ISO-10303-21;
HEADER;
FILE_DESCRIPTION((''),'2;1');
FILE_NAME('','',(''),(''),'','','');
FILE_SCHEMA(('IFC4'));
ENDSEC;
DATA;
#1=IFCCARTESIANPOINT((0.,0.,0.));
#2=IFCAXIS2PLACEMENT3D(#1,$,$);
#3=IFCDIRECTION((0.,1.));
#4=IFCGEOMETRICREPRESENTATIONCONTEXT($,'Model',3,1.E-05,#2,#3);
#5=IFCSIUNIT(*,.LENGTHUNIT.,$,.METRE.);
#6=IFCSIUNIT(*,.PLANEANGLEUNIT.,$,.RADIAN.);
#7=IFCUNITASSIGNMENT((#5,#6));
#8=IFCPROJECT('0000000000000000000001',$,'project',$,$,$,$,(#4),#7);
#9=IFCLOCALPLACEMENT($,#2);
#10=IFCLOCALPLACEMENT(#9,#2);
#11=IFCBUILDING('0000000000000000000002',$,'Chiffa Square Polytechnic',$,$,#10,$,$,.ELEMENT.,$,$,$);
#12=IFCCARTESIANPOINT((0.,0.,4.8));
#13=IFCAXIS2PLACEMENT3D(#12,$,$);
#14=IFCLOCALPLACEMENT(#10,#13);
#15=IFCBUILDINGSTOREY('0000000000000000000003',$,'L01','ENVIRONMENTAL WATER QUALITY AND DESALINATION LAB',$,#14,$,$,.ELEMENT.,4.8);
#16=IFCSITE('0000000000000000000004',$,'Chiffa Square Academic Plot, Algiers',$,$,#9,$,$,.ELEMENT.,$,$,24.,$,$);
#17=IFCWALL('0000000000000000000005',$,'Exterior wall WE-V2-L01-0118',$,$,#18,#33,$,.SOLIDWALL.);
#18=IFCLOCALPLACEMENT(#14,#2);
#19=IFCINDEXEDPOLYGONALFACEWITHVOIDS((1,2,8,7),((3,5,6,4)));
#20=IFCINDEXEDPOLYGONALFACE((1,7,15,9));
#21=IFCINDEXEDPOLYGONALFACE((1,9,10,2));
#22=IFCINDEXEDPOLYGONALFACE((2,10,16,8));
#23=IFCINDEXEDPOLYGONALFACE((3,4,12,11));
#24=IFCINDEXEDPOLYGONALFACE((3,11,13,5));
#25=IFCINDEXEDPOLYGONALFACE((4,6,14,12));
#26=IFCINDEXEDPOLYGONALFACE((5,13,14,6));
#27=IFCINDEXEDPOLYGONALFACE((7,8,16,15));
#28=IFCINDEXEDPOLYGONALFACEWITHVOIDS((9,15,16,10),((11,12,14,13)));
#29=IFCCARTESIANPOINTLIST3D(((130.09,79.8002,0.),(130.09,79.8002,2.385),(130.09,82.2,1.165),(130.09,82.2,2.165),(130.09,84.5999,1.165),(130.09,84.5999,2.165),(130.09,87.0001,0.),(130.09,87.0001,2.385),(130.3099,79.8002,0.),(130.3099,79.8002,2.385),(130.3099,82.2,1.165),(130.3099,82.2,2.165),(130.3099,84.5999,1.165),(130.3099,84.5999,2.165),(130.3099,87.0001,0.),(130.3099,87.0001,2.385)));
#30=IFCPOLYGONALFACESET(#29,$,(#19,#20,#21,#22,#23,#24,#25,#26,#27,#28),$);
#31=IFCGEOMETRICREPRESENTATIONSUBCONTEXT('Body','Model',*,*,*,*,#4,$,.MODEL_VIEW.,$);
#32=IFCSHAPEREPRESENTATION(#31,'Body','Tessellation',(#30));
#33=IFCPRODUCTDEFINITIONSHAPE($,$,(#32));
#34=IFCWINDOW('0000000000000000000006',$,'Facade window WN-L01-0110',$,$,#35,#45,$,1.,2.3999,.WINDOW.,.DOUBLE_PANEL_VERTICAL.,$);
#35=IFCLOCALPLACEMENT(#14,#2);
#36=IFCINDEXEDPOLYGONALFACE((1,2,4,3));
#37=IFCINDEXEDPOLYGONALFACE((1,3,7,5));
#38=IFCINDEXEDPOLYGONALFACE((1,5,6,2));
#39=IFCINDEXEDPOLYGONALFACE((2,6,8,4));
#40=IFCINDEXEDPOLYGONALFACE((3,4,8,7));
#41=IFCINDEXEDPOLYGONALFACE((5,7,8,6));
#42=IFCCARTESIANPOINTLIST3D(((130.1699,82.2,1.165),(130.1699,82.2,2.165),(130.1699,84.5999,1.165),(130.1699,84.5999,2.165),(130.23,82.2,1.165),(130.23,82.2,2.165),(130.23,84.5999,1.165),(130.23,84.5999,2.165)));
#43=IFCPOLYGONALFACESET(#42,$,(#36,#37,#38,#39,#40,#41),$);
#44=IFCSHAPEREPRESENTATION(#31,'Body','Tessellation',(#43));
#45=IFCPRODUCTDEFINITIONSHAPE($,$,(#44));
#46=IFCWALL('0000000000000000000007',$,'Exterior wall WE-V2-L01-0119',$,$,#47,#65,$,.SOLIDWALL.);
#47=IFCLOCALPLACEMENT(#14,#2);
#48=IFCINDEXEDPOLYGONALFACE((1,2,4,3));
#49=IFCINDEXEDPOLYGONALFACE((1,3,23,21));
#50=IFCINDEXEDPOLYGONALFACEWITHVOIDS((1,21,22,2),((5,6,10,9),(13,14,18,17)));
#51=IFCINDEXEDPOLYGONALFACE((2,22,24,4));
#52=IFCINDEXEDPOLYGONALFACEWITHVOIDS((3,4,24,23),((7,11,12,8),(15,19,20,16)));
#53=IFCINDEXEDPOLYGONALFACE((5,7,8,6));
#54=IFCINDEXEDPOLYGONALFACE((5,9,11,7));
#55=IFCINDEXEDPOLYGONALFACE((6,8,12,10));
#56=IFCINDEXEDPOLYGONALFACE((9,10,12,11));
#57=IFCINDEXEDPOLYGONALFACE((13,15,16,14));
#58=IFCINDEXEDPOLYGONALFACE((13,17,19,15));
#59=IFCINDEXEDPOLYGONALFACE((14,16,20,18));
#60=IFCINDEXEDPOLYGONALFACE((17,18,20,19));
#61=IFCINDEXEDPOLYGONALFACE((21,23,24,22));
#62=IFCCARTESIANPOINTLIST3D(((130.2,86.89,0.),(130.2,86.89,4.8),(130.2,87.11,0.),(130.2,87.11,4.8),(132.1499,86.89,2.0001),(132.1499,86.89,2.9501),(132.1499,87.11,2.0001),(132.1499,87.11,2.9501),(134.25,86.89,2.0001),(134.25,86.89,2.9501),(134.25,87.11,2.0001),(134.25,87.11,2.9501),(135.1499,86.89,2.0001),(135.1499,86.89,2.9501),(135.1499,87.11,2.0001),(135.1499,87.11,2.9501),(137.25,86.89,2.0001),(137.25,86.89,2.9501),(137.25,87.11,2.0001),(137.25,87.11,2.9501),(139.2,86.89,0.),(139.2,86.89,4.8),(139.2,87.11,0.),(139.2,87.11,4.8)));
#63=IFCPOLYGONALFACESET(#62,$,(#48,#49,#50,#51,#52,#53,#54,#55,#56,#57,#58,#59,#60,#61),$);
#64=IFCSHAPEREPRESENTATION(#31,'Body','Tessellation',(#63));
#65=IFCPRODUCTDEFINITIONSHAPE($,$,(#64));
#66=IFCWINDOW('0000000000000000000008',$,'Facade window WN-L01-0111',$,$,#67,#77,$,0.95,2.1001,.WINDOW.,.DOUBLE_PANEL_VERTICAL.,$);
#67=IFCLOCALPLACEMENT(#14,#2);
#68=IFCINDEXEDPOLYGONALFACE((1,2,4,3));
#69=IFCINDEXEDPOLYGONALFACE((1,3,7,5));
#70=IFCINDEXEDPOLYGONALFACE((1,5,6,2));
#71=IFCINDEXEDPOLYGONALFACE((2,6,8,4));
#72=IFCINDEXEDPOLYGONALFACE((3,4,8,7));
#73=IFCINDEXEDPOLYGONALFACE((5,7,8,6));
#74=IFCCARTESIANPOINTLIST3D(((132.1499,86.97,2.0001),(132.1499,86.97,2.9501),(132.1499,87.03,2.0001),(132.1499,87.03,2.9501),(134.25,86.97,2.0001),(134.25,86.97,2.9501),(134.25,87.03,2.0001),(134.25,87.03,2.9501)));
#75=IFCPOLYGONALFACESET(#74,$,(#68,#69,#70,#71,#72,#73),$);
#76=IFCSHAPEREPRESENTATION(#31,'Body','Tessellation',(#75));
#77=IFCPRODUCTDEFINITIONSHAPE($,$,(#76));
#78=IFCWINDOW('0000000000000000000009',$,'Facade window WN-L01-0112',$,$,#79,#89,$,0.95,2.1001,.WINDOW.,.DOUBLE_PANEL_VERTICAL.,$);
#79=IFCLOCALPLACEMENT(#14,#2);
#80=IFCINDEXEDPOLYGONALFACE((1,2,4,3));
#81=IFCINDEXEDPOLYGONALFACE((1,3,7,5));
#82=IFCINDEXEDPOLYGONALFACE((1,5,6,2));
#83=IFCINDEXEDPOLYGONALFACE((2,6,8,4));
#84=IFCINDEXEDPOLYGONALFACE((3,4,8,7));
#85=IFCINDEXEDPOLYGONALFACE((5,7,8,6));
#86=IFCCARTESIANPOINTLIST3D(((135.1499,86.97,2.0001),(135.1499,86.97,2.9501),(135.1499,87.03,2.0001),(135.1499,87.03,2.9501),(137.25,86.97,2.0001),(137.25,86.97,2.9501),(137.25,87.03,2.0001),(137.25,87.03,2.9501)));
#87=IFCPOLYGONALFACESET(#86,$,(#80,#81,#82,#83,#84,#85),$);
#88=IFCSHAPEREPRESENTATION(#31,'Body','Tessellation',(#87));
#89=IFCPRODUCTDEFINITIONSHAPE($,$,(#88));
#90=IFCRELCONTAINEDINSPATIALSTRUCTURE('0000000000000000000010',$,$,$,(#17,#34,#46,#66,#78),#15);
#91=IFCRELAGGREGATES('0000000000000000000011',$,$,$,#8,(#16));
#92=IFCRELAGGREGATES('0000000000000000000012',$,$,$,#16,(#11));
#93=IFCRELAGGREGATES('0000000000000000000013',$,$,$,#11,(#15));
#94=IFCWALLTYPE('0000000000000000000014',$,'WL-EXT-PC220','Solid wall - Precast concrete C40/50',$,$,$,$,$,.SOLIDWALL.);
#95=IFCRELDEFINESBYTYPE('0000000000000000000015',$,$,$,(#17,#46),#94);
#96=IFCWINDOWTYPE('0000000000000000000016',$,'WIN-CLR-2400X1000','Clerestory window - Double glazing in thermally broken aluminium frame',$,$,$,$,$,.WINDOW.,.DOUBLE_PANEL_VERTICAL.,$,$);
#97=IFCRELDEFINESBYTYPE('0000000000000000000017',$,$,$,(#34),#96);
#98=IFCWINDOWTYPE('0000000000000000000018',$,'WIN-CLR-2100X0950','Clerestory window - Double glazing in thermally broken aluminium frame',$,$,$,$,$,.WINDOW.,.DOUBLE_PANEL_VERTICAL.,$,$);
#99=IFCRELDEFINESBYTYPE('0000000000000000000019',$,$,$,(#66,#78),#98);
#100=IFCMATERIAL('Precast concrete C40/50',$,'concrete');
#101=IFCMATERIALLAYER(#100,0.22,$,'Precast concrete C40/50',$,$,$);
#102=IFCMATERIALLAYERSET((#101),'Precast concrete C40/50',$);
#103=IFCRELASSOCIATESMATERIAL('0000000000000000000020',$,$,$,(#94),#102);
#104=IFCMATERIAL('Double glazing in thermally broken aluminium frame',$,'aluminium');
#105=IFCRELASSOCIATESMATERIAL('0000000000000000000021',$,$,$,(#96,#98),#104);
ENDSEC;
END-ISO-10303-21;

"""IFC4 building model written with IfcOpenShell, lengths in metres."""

from ifc_helpers import new_model, si_unit, direction, frame, frame_2d, origin, place, context, subcontext, project, spatial, rectangle, extrude, material, layer, layer_set, type_object, element, fill, save


model = new_model("IFC4")

# Units and contexts
model_context = context("Model", 3, precision=1e-05, world=origin(), true_north=direction((0.0, 1.0)))
body_context = subcontext(model_context, "Body", "Model", "MODEL_VIEW")
ifc_project = project(units=[si_unit("LENGTHUNIT", "METRE"), si_unit("PLANEANGLEUNIT", "RADIAN")], contexts=[model_context])

# Site, building, storey
site_placement = place(None, origin())
site = spatial("IfcSite", under=ifc_project, at=site_placement, Name="Chiffa Square Academic Plot, Algiers", CompositionType="ELEMENT", RefElevation=24.0)
building_placement = place(site_placement, origin())
building = spatial("IfcBuilding", under=site, at=building_placement, Name="Chiffa Square Polytechnic", CompositionType="ELEMENT")
storey_placement = place(building_placement, frame((0.0, 0.0, 4.8)))
storey = spatial("IfcBuildingStorey", under=building, at=storey_placement, Name="L01", Description="ENVIRONMENTAL WATER QUALITY AND DESALINATION LAB", CompositionType="ELEMENT", Elevation=4.8)

# Shared definitions
ifc_material_1 = material(Name="Precast concrete C40/50", Category="concrete")
ifc_layer_1 = layer(ifc_material_1, 0.22, Name="Precast concrete C40/50")
ifc_layer_set_1 = layer_set([ifc_layer_1], Name="Precast concrete C40/50")
wall_type = type_object("IfcWallType", Name="WL-EXT-PC220", Description="Solid wall - Precast concrete C40/50", PredefinedType="SOLIDWALL", material=ifc_layer_set_1)

# Wall, opening, window
ifc_material_2 = material(Name="Double glazing in thermally broken aluminium frame", Category="aluminium")
wall_1_placement = place(storey_placement, frame((130.2, 79.8, 0.0), z_axis=(0.0, 0.0, 1.0), x_axis=(0.0, 1.0, 0.0)))
wall_1 = element("IfcWall", 1, at=wall_1_placement, inside=storey, type_object=wall_type, Name="Exterior wall WE-V2-L01-0118", PredefinedType="SOLIDWALL", context=body_context, shape_type="SweptSolid", body=[
    extrude(rectangle(XDim=7.2, YDim=0.22, at=frame_2d((3.6001, 0.0))), origin(), (0.0, 0.0, 1.0), 2.385),
])
opening_1_placement = place(wall_1_placement, frame((2.3999, 0.0, 1.165)))
opening_1 = element("IfcOpeningElement", 2, at=opening_1_placement, cuts=wall_1, PredefinedType="OPENING", context=body_context, shape_type="SweptSolid", body=[
    extrude(rectangle(XDim=2.3999, YDim=1.0, at=frame_2d((1.2, 0.5))), frame((0.0, 0.1201, 0.0), z_axis=(0.0, -1.0, 0.0), x_axis=(1.0, 0.0, 0.0)), (0.0, 0.0, 1.0), 0.24),
])
window_type_1 = type_object("IfcWindowType", Name="WIN-CLR-2400X1000", Description="Clerestory window - Double glazing in thermally broken aluminium frame", PartitioningType="DOUBLE_PANEL_VERTICAL", PredefinedType="WINDOW", material=ifc_material_2)
window_1_placement = place(opening_1_placement, origin())
window_1 = element("IfcWindow", 3, at=window_1_placement, inside=storey, type_object=window_type_1, Name="Facade window WN-L01-0110", OverallHeight=1.0, OverallWidth=2.3999, PartitioningType="DOUBLE_PANEL_VERTICAL", PredefinedType="WINDOW", context=body_context, shape_type="SweptSolid", body=[
    extrude(rectangle(XDim=2.3999, YDim=1.0, at=frame_2d((1.2, 0.5))), frame((0.0, 0.03, 0.0), z_axis=(0.0, -1.0, 0.0), x_axis=(1.0, 0.0, 0.0)), (0.0, 0.0, 1.0), 0.0601),
])
fill(opening_1, window_1)

# Wall, openings, windows
wall_2_placement = place(storey_placement, frame((130.2, 87.0, 0.0), z_axis=(0.0, 0.0, 1.0), x_axis=(1.0, 0.0, 0.0)))
wall_2 = element("IfcWall", 4, at=wall_2_placement, inside=storey, type_object=wall_type, Name="Exterior wall WE-V2-L01-0119", PredefinedType="SOLIDWALL", context=body_context, shape_type="SweptSolid", body=[
    extrude(rectangle(XDim=9.0, YDim=0.22, at=frame_2d((4.5, 0.0))), origin(), (0.0, 0.0, 1.0), 4.8),
])
opening_2_placement = place(wall_2_placement, frame((1.95, 0.0, 2.0)))
opening_2 = element("IfcOpeningElement", 5, at=opening_2_placement, cuts=wall_2, PredefinedType="OPENING", context=body_context, shape_type="SweptSolid", body=[
    extrude(rectangle(XDim=2.1001, YDim=0.95, at=frame_2d((1.05, 0.4751))), frame((0.0, 0.1201, 0.0), z_axis=(0.0, -1.0, 0.0), x_axis=(1.0, 0.0, 0.0)), (0.0, 0.0, 1.0), 0.24),
])
opening_3_placement = place(wall_2_placement, frame((4.95, 0.0, 2.0)))
opening_3 = element("IfcOpeningElement", 6, at=opening_3_placement, cuts=wall_2, PredefinedType="OPENING", context=body_context, shape_type="SweptSolid", body=[
    extrude(rectangle(XDim=2.1001, YDim=0.95, at=frame_2d((1.05, 0.4751))), frame((0.0, 0.1201, 0.0), z_axis=(0.0, -1.0, 0.0), x_axis=(1.0, 0.0, 0.0)), (0.0, 0.0, 1.0), 0.24),
])
window_type_2 = type_object("IfcWindowType", Name="WIN-CLR-2100X0950", Description="Clerestory window - Double glazing in thermally broken aluminium frame", PartitioningType="DOUBLE_PANEL_VERTICAL", PredefinedType="WINDOW", material=ifc_material_2)
window_2_placement = place(opening_2_placement, origin())
window_2 = element("IfcWindow", 7, at=window_2_placement, inside=storey, type_object=window_type_2, Name="Facade window WN-L01-0111", OverallHeight=0.95, OverallWidth=2.1001, PartitioningType="DOUBLE_PANEL_VERTICAL", PredefinedType="WINDOW", context=body_context, shape_type="SweptSolid", body=[
    extrude(rectangle(XDim=2.1001, YDim=0.95, at=frame_2d((1.05, 0.4751))), frame((0.0, 0.03, 0.0), z_axis=(0.0, -1.0, 0.0), x_axis=(1.0, 0.0, 0.0)), (0.0, 0.0, 1.0), 0.0601),
])
fill(opening_2, window_2)
window_3_placement = place(opening_3_placement, origin())
window_3 = element("IfcWindow", 8, at=window_3_placement, inside=storey, type_object=window_type_2, Name="Facade window WN-L01-0112", OverallHeight=0.95, OverallWidth=2.1001, PartitioningType="DOUBLE_PANEL_VERTICAL", PredefinedType="WINDOW", context=body_context, shape_type="SweptSolid", body=[
    extrude(rectangle(XDim=2.1001, YDim=0.95, at=frame_2d((1.05, 0.4751))), frame((0.0, 0.03, 0.0), z_axis=(0.0, -1.0, 0.0), x_axis=(1.0, 0.0, 0.0)), (0.0, 0.0, 1.0), 0.0601),
])
fill(opening_3, window_3)

save(model, "model.ifc")
